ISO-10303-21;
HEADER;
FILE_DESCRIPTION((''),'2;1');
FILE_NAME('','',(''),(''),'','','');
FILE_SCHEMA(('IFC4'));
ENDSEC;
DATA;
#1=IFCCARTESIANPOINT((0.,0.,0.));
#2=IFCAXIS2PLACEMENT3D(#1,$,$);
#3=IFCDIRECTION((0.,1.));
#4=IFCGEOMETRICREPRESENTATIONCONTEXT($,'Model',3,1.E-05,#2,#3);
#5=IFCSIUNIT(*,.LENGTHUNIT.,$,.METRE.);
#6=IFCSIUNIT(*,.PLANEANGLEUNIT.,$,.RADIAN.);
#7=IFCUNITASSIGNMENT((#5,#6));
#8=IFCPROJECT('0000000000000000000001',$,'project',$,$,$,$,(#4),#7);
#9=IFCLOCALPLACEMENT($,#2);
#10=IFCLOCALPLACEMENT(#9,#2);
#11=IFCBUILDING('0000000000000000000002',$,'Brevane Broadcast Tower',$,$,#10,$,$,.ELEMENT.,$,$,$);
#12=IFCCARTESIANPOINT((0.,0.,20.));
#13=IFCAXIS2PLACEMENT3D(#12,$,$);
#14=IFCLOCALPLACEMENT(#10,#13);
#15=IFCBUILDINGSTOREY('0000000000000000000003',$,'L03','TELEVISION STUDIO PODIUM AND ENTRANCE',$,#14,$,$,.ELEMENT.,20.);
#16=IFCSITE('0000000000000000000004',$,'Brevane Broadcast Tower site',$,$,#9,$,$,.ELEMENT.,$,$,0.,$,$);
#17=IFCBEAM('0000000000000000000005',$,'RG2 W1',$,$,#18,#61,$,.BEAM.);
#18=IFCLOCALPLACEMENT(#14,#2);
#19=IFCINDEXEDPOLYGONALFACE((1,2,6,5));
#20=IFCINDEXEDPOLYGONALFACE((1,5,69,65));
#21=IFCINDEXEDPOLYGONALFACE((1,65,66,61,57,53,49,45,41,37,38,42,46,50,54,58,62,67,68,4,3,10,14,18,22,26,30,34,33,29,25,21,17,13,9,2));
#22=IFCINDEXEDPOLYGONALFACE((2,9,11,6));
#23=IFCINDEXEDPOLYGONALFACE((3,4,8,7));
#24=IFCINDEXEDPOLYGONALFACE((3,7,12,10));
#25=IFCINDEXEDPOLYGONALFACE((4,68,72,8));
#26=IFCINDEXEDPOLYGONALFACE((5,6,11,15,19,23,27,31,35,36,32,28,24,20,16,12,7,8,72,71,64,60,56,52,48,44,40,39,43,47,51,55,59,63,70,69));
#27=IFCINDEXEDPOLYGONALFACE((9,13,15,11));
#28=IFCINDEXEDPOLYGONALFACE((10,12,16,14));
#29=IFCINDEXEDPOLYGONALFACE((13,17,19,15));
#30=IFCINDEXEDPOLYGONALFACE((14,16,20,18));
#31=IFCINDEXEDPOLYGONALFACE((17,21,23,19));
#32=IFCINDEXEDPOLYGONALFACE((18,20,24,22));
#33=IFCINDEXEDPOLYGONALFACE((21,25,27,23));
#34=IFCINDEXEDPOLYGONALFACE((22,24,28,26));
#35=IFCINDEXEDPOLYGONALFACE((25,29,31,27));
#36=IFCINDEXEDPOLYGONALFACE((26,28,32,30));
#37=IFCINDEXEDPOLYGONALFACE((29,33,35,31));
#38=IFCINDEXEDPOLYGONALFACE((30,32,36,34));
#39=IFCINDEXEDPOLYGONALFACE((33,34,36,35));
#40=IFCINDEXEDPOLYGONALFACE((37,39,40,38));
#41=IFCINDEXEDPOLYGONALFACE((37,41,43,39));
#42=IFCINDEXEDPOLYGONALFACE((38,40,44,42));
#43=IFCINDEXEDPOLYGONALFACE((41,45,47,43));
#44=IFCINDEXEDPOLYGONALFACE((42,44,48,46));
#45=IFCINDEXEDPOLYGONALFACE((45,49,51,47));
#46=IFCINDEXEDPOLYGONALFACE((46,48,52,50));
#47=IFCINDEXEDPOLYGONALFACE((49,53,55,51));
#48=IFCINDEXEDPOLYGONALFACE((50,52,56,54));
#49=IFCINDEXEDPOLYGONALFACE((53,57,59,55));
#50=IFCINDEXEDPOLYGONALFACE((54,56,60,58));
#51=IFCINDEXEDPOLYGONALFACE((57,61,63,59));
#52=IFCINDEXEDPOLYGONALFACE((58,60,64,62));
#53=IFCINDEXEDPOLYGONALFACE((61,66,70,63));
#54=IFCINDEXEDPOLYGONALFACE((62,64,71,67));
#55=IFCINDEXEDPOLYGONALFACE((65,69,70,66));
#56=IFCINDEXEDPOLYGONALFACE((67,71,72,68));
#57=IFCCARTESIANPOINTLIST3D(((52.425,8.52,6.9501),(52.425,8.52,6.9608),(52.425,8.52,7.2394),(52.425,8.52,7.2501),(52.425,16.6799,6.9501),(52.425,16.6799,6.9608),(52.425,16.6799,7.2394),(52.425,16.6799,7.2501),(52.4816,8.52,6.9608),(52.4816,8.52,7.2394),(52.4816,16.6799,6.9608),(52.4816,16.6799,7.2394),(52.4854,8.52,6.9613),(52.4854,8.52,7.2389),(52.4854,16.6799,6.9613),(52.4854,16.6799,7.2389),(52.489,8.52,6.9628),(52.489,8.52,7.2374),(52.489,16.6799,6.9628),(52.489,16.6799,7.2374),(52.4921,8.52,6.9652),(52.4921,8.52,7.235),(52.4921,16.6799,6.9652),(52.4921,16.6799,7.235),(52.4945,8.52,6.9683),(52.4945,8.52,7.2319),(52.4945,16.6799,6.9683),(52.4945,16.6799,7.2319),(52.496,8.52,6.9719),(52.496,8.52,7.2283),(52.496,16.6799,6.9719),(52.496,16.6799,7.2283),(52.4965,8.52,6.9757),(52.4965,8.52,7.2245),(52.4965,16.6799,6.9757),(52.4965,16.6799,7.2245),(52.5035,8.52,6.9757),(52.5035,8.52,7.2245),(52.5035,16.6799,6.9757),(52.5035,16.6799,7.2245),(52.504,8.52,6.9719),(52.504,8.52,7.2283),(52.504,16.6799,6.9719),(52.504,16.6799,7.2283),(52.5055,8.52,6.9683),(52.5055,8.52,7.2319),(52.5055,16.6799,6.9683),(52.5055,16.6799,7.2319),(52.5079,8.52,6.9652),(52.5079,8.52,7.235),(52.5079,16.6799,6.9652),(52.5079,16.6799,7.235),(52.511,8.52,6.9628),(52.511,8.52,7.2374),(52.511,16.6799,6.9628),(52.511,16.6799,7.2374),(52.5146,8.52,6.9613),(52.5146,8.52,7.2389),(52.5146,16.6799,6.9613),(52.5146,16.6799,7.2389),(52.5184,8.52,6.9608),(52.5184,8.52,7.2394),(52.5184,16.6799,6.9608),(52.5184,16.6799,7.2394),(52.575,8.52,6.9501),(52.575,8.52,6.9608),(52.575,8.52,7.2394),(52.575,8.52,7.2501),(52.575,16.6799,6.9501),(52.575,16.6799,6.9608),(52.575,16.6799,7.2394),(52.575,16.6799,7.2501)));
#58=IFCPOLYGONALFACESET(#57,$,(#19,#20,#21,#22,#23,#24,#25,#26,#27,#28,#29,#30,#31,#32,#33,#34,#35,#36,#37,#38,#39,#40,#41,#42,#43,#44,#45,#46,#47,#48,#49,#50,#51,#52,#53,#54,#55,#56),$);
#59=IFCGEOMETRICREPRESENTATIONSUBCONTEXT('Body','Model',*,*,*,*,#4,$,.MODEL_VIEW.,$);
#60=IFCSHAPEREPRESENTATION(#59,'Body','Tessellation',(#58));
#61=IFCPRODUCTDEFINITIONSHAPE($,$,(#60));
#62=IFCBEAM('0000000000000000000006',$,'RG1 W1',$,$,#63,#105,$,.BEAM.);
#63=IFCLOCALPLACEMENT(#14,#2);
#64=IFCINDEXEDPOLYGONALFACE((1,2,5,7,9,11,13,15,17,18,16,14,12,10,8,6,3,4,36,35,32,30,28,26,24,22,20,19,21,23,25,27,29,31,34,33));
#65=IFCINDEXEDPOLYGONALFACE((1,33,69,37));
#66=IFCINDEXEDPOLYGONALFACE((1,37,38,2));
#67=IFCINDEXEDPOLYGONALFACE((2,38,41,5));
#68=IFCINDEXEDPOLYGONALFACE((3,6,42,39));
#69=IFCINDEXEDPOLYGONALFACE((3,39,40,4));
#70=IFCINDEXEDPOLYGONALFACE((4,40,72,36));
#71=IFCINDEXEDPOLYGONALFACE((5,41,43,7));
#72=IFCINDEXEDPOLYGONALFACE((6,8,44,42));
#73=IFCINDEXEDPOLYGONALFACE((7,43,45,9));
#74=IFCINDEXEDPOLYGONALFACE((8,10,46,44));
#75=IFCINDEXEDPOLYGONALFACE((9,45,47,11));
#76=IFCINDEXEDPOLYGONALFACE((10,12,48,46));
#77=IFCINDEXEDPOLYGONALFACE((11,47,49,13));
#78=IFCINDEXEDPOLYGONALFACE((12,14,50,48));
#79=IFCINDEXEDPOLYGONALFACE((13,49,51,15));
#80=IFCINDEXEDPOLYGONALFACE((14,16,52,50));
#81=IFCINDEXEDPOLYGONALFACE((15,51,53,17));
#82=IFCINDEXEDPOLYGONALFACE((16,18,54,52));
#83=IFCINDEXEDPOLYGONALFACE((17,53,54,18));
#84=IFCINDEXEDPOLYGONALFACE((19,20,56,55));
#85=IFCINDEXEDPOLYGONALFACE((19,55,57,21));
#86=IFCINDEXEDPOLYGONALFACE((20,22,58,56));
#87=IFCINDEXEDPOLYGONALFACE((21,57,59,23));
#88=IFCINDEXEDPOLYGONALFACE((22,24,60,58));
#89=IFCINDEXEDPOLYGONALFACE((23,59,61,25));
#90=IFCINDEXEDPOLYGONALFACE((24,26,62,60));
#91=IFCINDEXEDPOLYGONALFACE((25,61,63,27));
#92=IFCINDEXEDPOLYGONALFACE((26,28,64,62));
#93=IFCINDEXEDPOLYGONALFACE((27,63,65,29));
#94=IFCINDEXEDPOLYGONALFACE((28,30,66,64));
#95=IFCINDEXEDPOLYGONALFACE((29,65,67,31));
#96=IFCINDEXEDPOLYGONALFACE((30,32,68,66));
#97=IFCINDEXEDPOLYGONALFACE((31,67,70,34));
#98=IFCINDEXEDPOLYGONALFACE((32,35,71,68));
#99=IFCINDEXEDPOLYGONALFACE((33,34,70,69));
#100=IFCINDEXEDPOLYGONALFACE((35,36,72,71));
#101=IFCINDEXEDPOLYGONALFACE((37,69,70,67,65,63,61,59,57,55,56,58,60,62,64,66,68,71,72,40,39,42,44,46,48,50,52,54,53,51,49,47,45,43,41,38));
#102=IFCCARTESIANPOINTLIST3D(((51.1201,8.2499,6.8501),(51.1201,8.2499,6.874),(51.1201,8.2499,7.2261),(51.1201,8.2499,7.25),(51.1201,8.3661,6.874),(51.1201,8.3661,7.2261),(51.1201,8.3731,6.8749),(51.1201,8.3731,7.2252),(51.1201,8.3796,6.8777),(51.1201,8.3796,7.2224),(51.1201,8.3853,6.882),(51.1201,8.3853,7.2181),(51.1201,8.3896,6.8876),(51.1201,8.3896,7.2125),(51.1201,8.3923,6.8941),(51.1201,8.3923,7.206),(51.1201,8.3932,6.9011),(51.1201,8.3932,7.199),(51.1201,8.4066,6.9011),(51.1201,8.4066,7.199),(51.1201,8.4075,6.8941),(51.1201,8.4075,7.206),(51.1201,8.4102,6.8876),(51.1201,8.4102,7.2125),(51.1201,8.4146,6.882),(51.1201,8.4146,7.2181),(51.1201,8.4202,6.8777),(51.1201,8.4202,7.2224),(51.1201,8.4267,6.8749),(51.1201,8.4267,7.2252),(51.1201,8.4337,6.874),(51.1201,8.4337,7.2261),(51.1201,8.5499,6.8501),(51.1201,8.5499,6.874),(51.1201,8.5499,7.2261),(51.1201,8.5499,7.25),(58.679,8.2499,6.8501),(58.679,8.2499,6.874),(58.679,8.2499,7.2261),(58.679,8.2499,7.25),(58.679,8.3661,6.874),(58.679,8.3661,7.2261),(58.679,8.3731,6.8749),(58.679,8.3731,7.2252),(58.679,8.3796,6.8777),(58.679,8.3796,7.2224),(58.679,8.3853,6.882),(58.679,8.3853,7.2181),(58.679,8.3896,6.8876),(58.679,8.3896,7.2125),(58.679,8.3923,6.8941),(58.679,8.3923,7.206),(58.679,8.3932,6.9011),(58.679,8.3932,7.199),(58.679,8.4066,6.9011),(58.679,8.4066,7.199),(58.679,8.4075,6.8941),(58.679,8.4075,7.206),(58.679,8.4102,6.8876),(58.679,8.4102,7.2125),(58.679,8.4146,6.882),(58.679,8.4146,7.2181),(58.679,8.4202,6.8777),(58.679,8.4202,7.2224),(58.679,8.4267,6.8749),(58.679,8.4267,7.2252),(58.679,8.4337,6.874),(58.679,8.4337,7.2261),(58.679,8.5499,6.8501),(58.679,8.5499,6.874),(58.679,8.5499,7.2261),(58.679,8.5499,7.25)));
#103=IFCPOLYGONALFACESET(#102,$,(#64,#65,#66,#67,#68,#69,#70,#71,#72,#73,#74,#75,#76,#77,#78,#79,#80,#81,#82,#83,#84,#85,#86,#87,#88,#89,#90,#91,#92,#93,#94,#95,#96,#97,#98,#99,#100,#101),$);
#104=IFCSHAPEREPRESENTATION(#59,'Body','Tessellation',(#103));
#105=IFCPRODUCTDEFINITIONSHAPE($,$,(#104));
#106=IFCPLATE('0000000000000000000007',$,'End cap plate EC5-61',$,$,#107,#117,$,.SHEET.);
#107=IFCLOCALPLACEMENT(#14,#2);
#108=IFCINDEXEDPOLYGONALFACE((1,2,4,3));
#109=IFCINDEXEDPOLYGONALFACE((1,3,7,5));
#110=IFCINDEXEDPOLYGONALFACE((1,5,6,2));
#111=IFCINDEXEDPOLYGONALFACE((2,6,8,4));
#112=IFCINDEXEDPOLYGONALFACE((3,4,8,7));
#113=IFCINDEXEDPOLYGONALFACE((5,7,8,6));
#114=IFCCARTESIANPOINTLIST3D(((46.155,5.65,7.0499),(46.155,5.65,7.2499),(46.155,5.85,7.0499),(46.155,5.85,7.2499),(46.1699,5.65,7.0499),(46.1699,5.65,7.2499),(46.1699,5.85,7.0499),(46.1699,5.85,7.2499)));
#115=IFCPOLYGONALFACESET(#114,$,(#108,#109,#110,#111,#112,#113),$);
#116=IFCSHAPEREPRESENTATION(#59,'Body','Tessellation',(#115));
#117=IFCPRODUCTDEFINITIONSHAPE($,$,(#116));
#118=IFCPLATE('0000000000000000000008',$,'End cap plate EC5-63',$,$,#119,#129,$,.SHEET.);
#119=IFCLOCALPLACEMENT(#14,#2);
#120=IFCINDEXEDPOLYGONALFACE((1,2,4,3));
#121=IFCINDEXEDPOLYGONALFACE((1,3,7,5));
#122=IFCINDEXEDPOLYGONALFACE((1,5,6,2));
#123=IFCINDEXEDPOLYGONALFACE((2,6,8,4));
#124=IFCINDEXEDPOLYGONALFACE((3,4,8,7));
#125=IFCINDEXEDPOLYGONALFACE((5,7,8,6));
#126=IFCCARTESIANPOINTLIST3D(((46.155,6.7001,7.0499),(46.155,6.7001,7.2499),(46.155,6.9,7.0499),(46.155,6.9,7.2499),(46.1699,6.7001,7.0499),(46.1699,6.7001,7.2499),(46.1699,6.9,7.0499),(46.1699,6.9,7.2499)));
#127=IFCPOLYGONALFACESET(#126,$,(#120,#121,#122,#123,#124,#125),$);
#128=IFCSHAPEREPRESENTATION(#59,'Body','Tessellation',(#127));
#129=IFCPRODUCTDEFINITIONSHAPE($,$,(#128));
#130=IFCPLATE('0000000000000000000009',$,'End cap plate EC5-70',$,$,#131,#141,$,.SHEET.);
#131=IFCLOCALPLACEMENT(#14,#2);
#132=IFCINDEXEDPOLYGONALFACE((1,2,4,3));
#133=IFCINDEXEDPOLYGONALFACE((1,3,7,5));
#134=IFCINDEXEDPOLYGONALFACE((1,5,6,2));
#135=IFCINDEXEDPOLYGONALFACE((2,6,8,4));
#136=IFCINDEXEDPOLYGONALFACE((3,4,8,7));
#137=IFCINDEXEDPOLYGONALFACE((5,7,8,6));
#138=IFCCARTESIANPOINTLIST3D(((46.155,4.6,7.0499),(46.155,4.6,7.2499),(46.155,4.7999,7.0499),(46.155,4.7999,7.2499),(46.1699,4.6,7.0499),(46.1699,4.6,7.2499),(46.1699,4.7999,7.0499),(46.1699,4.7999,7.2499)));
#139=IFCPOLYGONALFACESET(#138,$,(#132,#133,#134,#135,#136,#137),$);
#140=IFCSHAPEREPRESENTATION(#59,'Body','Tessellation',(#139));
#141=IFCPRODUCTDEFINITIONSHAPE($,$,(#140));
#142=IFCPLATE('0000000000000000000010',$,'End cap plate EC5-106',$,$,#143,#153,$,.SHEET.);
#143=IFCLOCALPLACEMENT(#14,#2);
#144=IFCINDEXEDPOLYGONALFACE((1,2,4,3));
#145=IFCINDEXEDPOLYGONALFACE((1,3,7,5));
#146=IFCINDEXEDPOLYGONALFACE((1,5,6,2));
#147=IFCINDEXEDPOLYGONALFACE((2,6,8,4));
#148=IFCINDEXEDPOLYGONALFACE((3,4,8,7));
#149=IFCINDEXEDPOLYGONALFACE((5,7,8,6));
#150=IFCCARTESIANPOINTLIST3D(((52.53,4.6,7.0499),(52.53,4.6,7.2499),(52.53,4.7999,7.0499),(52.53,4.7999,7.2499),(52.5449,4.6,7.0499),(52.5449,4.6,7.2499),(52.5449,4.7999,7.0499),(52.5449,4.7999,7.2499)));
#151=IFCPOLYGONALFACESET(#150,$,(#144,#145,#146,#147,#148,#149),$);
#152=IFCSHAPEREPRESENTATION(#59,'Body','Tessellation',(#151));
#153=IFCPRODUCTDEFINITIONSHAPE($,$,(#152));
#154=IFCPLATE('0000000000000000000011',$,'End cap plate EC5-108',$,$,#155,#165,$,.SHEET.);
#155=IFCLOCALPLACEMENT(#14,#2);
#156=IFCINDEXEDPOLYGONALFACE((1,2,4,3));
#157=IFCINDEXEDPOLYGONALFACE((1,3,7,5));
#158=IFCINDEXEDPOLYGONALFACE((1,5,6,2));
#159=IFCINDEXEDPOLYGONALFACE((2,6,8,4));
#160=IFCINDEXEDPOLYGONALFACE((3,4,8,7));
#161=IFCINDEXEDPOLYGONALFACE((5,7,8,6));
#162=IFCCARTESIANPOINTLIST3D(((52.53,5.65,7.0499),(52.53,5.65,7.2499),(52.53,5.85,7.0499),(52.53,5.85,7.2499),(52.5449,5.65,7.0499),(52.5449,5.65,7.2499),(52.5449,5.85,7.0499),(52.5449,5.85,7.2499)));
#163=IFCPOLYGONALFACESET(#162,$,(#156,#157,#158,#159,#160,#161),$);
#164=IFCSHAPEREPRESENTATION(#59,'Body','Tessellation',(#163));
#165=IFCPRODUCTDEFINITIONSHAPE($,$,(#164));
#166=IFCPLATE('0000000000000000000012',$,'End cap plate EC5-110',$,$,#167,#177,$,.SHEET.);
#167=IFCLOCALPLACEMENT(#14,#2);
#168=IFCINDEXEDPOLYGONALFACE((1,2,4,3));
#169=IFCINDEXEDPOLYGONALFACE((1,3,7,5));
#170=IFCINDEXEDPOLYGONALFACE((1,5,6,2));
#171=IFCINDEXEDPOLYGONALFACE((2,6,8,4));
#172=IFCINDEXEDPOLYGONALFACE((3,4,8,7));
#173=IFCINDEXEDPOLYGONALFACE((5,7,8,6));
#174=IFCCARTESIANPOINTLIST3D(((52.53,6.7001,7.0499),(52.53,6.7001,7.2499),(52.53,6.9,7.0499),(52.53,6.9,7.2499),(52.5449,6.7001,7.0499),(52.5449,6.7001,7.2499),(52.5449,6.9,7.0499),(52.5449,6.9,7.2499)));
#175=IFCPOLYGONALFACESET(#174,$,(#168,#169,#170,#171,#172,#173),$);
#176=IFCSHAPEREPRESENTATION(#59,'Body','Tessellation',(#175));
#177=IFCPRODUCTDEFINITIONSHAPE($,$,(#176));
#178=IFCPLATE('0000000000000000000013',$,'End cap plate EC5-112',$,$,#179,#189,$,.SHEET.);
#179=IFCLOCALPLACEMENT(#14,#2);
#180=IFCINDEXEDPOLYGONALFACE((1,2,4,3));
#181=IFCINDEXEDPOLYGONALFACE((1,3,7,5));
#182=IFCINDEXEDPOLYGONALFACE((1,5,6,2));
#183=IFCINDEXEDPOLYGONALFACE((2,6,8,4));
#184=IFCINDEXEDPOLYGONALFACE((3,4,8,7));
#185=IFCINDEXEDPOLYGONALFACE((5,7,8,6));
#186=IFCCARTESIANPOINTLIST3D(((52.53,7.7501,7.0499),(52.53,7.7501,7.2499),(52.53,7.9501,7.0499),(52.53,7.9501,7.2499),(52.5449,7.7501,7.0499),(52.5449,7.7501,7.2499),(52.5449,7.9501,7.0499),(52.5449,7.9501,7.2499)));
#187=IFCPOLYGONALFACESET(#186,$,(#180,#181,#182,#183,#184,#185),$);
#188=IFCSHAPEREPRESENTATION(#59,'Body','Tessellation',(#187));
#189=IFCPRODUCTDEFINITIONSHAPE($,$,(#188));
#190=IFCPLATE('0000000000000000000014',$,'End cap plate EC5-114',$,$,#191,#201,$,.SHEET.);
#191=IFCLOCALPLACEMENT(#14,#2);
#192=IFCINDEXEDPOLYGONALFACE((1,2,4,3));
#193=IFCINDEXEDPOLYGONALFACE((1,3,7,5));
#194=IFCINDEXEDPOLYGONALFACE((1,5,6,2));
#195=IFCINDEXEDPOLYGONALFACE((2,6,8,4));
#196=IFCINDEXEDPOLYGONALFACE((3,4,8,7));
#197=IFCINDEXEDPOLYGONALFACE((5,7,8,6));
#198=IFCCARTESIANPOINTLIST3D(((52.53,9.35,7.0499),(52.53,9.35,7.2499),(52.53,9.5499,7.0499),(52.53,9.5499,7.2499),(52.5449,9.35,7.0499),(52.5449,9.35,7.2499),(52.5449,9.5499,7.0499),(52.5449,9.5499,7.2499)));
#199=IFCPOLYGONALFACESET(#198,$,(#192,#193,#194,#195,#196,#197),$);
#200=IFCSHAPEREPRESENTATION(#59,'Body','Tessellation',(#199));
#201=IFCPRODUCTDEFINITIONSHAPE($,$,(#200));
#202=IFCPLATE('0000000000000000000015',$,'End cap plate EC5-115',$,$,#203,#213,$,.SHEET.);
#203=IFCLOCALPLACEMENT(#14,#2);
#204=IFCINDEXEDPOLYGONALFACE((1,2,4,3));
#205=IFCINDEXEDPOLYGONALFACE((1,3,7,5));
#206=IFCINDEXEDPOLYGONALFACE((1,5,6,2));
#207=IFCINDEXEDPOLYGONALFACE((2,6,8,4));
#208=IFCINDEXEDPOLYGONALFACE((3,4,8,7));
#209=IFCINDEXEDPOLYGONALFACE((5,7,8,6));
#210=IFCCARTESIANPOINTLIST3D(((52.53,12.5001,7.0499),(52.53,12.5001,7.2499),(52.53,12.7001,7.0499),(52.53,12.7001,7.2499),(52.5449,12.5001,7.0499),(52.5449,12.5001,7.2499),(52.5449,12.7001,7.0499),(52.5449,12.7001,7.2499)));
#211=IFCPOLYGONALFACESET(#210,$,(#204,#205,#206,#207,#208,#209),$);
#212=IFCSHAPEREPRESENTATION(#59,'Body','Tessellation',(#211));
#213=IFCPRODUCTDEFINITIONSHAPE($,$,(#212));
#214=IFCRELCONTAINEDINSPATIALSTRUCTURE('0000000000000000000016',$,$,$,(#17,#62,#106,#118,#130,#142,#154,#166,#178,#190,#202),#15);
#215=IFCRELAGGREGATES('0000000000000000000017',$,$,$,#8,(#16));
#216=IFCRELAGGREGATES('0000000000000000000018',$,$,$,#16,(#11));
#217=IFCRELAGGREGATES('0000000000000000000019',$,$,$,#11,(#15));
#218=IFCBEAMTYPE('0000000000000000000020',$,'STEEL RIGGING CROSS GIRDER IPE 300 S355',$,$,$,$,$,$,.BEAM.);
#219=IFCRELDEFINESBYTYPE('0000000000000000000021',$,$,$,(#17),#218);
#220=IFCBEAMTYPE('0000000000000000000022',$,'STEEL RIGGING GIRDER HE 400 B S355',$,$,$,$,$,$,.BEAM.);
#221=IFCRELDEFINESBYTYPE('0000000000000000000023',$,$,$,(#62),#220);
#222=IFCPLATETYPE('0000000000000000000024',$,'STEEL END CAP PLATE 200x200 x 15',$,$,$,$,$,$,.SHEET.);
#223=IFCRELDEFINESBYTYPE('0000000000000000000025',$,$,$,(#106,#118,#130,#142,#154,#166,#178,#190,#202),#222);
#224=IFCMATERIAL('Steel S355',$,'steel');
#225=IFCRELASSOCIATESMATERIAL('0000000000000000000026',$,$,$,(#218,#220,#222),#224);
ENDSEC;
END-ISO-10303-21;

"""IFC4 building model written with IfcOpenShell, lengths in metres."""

from ifc_helpers import new_model, si_unit, direction, frame, origin, origin_2d, place, context, subcontext, project, spatial, rectangle, i_section, extrude, material, material_profile, profile_set, type_object, element, save


model = new_model("IFC4")

# Units and contexts
model_context = context("Model", 3, precision=1e-05, world=origin(), true_north=direction((0.0, 1.0)))
body_context = subcontext(model_context, "Body", "Model", "MODEL_VIEW")
ifc_project = project(units=[si_unit("LENGTHUNIT", "METRE"), si_unit("PLANEANGLEUNIT", "RADIAN")], contexts=[model_context])

# Site, building, storey
site_placement = place(None, origin())
site = spatial("IfcSite", under=ifc_project, at=site_placement, Name="Brevane Broadcast Tower site", CompositionType="ELEMENT", RefElevation=0.0)
building_placement = place(site_placement, origin())
building = spatial("IfcBuilding", under=site, at=building_placement, Name="Brevane Broadcast Tower", CompositionType="ELEMENT")
storey_placement = place(building_placement, frame((0.0, 0.0, 20.0)))
storey = spatial("IfcBuildingStorey", under=building, at=storey_placement, Name="L03", Description="TELEVISION STUDIO PODIUM AND ENTRANCE", CompositionType="ELEMENT", Elevation=20.0)

# Beams
ifc_material_1 = material(Name="Steel S355", Category="steel")
ifc_material_profile_1 = material_profile(ifc_material_1, i_section(OverallWidth=0.1499, OverallDepth=0.3, WebThickness=0.0071, FlangeThickness=0.0107, FilletRadius=0.0149, at=origin_2d()), Name="IPE 300")
ifc_profile_set_1 = profile_set([ifc_material_profile_1], Name="Steel S355")
beam_type_1 = type_object("IfcBeamType", Name="STEEL RIGGING CROSS GIRDER IPE 300 S355", PredefinedType="BEAM", material=ifc_profile_set_1)
beam_1_placement = place(storey_placement, frame((52.5, 8.52, 7.1001), z_axis=(0.0, 1.0, 0.0), x_axis=(-1.0, 0.0, 0.0)))
element("IfcBeam", 1, at=beam_1_placement, inside=storey, type_object=beam_type_1, Name="RG2 W1", PredefinedType="BEAM", context=body_context, shape_type="SweptSolid", body=[
    extrude(i_section(OverallWidth=0.1499, OverallDepth=0.3, WebThickness=0.0071, FlangeThickness=0.0107, FilletRadius=0.0149, at=origin_2d()), origin(), (0.0, 0.0, 1.0), 8.1599),
])
ifc_material_profile_2 = material_profile(ifc_material_1, i_section(OverallWidth=0.3, OverallDepth=0.3999, WebThickness=0.0134, FlangeThickness=0.0239, FilletRadius=0.0271, at=origin_2d()), Name="HE 400 B")
ifc_profile_set_2 = profile_set([ifc_material_profile_2], Name="Steel S355")
beam_type_2 = type_object("IfcBeamType", Name="STEEL RIGGING GIRDER HE 400 B S355", PredefinedType="BEAM", material=ifc_profile_set_2)
beam_2_placement = place(storey_placement, frame((51.1201, 8.3999, 7.05), z_axis=(1.0, 0.0, 0.0), x_axis=(0.0, 1.0, 0.0)))
element("IfcBeam", 2, at=beam_2_placement, inside=storey, type_object=beam_type_2, Name="RG1 W1", PredefinedType="BEAM", context=body_context, shape_type="SweptSolid", body=[
    extrude(i_section(OverallWidth=0.3, OverallDepth=0.3999, WebThickness=0.0134, FlangeThickness=0.0239, FilletRadius=0.0271, at=origin_2d()), origin(), (0.0, 0.0, 1.0), 7.5588),
])

# Plates
ifc_material_profile_3 = material_profile(ifc_material_1, rectangle(XDim=0.2, YDim=0.2, at=origin_2d()), Name="PL 200x200 x 15")
ifc_profile_set_3 = profile_set([ifc_material_profile_3], Name="Steel S355")
plate_type = type_object("IfcPlateType", Name="STEEL END CAP PLATE 200x200 x 15", PredefinedType="SHEET", material=ifc_profile_set_3)
for number, where, z_axis, x_axis, name in (
    (3, (46.155, 5.75, 7.1499), (1.0, 0.0, 0.0), (0.0, 1.0, 0.0), "End cap plate EC5-61"),
    (4, (46.155, 6.8, 7.1499), (1.0, 0.0, 0.0), (0.0, 1.0, 0.0), "End cap plate EC5-63"),
    (5, (46.155, 4.7, 7.1499), (1.0, 0.0, 0.0), (0.0, 1.0, 0.0), "End cap plate EC5-70"),
    (6, (52.53, 4.7, 7.1499), (1.0, 0.0, 0.0), (0.0, 1.0, 0.0), "End cap plate EC5-106"),
    (7, (52.53, 5.75, 7.1499), (1.0, 0.0, 0.0), (0.0, 1.0, 0.0), "End cap plate EC5-108"),
    (8, (52.53, 6.8, 7.1499), (1.0, 0.0, 0.0), (0.0, 1.0, 0.0), "End cap plate EC5-110"),
    (9, (52.53, 7.8501, 7.1499), (1.0, 0.0, 0.0), (0.0, 1.0, 0.0), "End cap plate EC5-112"),
    (10, (52.53, 9.45, 7.1499), (1.0, 0.0, 0.0), (0.0, 1.0, 0.0), "End cap plate EC5-114"),
    (11, (52.53, 12.6001, 7.1499), (1.0, 0.0, 0.0), (0.0, 1.0, 0.0), "End cap plate EC5-115"),
):
    element("IfcPlate", number, at=place(storey_placement, frame(where, z_axis=z_axis, x_axis=x_axis)), inside=storey, type_object=plate_type, Name=name, PredefinedType="SHEET", context=body_context, shape_type="SweptSolid", body=[
        extrude(rectangle(XDim=0.2, YDim=0.2, at=origin_2d()), origin(), (0.0, 0.0, 1.0), 0.0149),
    ])

save(model, "model.ifc")
